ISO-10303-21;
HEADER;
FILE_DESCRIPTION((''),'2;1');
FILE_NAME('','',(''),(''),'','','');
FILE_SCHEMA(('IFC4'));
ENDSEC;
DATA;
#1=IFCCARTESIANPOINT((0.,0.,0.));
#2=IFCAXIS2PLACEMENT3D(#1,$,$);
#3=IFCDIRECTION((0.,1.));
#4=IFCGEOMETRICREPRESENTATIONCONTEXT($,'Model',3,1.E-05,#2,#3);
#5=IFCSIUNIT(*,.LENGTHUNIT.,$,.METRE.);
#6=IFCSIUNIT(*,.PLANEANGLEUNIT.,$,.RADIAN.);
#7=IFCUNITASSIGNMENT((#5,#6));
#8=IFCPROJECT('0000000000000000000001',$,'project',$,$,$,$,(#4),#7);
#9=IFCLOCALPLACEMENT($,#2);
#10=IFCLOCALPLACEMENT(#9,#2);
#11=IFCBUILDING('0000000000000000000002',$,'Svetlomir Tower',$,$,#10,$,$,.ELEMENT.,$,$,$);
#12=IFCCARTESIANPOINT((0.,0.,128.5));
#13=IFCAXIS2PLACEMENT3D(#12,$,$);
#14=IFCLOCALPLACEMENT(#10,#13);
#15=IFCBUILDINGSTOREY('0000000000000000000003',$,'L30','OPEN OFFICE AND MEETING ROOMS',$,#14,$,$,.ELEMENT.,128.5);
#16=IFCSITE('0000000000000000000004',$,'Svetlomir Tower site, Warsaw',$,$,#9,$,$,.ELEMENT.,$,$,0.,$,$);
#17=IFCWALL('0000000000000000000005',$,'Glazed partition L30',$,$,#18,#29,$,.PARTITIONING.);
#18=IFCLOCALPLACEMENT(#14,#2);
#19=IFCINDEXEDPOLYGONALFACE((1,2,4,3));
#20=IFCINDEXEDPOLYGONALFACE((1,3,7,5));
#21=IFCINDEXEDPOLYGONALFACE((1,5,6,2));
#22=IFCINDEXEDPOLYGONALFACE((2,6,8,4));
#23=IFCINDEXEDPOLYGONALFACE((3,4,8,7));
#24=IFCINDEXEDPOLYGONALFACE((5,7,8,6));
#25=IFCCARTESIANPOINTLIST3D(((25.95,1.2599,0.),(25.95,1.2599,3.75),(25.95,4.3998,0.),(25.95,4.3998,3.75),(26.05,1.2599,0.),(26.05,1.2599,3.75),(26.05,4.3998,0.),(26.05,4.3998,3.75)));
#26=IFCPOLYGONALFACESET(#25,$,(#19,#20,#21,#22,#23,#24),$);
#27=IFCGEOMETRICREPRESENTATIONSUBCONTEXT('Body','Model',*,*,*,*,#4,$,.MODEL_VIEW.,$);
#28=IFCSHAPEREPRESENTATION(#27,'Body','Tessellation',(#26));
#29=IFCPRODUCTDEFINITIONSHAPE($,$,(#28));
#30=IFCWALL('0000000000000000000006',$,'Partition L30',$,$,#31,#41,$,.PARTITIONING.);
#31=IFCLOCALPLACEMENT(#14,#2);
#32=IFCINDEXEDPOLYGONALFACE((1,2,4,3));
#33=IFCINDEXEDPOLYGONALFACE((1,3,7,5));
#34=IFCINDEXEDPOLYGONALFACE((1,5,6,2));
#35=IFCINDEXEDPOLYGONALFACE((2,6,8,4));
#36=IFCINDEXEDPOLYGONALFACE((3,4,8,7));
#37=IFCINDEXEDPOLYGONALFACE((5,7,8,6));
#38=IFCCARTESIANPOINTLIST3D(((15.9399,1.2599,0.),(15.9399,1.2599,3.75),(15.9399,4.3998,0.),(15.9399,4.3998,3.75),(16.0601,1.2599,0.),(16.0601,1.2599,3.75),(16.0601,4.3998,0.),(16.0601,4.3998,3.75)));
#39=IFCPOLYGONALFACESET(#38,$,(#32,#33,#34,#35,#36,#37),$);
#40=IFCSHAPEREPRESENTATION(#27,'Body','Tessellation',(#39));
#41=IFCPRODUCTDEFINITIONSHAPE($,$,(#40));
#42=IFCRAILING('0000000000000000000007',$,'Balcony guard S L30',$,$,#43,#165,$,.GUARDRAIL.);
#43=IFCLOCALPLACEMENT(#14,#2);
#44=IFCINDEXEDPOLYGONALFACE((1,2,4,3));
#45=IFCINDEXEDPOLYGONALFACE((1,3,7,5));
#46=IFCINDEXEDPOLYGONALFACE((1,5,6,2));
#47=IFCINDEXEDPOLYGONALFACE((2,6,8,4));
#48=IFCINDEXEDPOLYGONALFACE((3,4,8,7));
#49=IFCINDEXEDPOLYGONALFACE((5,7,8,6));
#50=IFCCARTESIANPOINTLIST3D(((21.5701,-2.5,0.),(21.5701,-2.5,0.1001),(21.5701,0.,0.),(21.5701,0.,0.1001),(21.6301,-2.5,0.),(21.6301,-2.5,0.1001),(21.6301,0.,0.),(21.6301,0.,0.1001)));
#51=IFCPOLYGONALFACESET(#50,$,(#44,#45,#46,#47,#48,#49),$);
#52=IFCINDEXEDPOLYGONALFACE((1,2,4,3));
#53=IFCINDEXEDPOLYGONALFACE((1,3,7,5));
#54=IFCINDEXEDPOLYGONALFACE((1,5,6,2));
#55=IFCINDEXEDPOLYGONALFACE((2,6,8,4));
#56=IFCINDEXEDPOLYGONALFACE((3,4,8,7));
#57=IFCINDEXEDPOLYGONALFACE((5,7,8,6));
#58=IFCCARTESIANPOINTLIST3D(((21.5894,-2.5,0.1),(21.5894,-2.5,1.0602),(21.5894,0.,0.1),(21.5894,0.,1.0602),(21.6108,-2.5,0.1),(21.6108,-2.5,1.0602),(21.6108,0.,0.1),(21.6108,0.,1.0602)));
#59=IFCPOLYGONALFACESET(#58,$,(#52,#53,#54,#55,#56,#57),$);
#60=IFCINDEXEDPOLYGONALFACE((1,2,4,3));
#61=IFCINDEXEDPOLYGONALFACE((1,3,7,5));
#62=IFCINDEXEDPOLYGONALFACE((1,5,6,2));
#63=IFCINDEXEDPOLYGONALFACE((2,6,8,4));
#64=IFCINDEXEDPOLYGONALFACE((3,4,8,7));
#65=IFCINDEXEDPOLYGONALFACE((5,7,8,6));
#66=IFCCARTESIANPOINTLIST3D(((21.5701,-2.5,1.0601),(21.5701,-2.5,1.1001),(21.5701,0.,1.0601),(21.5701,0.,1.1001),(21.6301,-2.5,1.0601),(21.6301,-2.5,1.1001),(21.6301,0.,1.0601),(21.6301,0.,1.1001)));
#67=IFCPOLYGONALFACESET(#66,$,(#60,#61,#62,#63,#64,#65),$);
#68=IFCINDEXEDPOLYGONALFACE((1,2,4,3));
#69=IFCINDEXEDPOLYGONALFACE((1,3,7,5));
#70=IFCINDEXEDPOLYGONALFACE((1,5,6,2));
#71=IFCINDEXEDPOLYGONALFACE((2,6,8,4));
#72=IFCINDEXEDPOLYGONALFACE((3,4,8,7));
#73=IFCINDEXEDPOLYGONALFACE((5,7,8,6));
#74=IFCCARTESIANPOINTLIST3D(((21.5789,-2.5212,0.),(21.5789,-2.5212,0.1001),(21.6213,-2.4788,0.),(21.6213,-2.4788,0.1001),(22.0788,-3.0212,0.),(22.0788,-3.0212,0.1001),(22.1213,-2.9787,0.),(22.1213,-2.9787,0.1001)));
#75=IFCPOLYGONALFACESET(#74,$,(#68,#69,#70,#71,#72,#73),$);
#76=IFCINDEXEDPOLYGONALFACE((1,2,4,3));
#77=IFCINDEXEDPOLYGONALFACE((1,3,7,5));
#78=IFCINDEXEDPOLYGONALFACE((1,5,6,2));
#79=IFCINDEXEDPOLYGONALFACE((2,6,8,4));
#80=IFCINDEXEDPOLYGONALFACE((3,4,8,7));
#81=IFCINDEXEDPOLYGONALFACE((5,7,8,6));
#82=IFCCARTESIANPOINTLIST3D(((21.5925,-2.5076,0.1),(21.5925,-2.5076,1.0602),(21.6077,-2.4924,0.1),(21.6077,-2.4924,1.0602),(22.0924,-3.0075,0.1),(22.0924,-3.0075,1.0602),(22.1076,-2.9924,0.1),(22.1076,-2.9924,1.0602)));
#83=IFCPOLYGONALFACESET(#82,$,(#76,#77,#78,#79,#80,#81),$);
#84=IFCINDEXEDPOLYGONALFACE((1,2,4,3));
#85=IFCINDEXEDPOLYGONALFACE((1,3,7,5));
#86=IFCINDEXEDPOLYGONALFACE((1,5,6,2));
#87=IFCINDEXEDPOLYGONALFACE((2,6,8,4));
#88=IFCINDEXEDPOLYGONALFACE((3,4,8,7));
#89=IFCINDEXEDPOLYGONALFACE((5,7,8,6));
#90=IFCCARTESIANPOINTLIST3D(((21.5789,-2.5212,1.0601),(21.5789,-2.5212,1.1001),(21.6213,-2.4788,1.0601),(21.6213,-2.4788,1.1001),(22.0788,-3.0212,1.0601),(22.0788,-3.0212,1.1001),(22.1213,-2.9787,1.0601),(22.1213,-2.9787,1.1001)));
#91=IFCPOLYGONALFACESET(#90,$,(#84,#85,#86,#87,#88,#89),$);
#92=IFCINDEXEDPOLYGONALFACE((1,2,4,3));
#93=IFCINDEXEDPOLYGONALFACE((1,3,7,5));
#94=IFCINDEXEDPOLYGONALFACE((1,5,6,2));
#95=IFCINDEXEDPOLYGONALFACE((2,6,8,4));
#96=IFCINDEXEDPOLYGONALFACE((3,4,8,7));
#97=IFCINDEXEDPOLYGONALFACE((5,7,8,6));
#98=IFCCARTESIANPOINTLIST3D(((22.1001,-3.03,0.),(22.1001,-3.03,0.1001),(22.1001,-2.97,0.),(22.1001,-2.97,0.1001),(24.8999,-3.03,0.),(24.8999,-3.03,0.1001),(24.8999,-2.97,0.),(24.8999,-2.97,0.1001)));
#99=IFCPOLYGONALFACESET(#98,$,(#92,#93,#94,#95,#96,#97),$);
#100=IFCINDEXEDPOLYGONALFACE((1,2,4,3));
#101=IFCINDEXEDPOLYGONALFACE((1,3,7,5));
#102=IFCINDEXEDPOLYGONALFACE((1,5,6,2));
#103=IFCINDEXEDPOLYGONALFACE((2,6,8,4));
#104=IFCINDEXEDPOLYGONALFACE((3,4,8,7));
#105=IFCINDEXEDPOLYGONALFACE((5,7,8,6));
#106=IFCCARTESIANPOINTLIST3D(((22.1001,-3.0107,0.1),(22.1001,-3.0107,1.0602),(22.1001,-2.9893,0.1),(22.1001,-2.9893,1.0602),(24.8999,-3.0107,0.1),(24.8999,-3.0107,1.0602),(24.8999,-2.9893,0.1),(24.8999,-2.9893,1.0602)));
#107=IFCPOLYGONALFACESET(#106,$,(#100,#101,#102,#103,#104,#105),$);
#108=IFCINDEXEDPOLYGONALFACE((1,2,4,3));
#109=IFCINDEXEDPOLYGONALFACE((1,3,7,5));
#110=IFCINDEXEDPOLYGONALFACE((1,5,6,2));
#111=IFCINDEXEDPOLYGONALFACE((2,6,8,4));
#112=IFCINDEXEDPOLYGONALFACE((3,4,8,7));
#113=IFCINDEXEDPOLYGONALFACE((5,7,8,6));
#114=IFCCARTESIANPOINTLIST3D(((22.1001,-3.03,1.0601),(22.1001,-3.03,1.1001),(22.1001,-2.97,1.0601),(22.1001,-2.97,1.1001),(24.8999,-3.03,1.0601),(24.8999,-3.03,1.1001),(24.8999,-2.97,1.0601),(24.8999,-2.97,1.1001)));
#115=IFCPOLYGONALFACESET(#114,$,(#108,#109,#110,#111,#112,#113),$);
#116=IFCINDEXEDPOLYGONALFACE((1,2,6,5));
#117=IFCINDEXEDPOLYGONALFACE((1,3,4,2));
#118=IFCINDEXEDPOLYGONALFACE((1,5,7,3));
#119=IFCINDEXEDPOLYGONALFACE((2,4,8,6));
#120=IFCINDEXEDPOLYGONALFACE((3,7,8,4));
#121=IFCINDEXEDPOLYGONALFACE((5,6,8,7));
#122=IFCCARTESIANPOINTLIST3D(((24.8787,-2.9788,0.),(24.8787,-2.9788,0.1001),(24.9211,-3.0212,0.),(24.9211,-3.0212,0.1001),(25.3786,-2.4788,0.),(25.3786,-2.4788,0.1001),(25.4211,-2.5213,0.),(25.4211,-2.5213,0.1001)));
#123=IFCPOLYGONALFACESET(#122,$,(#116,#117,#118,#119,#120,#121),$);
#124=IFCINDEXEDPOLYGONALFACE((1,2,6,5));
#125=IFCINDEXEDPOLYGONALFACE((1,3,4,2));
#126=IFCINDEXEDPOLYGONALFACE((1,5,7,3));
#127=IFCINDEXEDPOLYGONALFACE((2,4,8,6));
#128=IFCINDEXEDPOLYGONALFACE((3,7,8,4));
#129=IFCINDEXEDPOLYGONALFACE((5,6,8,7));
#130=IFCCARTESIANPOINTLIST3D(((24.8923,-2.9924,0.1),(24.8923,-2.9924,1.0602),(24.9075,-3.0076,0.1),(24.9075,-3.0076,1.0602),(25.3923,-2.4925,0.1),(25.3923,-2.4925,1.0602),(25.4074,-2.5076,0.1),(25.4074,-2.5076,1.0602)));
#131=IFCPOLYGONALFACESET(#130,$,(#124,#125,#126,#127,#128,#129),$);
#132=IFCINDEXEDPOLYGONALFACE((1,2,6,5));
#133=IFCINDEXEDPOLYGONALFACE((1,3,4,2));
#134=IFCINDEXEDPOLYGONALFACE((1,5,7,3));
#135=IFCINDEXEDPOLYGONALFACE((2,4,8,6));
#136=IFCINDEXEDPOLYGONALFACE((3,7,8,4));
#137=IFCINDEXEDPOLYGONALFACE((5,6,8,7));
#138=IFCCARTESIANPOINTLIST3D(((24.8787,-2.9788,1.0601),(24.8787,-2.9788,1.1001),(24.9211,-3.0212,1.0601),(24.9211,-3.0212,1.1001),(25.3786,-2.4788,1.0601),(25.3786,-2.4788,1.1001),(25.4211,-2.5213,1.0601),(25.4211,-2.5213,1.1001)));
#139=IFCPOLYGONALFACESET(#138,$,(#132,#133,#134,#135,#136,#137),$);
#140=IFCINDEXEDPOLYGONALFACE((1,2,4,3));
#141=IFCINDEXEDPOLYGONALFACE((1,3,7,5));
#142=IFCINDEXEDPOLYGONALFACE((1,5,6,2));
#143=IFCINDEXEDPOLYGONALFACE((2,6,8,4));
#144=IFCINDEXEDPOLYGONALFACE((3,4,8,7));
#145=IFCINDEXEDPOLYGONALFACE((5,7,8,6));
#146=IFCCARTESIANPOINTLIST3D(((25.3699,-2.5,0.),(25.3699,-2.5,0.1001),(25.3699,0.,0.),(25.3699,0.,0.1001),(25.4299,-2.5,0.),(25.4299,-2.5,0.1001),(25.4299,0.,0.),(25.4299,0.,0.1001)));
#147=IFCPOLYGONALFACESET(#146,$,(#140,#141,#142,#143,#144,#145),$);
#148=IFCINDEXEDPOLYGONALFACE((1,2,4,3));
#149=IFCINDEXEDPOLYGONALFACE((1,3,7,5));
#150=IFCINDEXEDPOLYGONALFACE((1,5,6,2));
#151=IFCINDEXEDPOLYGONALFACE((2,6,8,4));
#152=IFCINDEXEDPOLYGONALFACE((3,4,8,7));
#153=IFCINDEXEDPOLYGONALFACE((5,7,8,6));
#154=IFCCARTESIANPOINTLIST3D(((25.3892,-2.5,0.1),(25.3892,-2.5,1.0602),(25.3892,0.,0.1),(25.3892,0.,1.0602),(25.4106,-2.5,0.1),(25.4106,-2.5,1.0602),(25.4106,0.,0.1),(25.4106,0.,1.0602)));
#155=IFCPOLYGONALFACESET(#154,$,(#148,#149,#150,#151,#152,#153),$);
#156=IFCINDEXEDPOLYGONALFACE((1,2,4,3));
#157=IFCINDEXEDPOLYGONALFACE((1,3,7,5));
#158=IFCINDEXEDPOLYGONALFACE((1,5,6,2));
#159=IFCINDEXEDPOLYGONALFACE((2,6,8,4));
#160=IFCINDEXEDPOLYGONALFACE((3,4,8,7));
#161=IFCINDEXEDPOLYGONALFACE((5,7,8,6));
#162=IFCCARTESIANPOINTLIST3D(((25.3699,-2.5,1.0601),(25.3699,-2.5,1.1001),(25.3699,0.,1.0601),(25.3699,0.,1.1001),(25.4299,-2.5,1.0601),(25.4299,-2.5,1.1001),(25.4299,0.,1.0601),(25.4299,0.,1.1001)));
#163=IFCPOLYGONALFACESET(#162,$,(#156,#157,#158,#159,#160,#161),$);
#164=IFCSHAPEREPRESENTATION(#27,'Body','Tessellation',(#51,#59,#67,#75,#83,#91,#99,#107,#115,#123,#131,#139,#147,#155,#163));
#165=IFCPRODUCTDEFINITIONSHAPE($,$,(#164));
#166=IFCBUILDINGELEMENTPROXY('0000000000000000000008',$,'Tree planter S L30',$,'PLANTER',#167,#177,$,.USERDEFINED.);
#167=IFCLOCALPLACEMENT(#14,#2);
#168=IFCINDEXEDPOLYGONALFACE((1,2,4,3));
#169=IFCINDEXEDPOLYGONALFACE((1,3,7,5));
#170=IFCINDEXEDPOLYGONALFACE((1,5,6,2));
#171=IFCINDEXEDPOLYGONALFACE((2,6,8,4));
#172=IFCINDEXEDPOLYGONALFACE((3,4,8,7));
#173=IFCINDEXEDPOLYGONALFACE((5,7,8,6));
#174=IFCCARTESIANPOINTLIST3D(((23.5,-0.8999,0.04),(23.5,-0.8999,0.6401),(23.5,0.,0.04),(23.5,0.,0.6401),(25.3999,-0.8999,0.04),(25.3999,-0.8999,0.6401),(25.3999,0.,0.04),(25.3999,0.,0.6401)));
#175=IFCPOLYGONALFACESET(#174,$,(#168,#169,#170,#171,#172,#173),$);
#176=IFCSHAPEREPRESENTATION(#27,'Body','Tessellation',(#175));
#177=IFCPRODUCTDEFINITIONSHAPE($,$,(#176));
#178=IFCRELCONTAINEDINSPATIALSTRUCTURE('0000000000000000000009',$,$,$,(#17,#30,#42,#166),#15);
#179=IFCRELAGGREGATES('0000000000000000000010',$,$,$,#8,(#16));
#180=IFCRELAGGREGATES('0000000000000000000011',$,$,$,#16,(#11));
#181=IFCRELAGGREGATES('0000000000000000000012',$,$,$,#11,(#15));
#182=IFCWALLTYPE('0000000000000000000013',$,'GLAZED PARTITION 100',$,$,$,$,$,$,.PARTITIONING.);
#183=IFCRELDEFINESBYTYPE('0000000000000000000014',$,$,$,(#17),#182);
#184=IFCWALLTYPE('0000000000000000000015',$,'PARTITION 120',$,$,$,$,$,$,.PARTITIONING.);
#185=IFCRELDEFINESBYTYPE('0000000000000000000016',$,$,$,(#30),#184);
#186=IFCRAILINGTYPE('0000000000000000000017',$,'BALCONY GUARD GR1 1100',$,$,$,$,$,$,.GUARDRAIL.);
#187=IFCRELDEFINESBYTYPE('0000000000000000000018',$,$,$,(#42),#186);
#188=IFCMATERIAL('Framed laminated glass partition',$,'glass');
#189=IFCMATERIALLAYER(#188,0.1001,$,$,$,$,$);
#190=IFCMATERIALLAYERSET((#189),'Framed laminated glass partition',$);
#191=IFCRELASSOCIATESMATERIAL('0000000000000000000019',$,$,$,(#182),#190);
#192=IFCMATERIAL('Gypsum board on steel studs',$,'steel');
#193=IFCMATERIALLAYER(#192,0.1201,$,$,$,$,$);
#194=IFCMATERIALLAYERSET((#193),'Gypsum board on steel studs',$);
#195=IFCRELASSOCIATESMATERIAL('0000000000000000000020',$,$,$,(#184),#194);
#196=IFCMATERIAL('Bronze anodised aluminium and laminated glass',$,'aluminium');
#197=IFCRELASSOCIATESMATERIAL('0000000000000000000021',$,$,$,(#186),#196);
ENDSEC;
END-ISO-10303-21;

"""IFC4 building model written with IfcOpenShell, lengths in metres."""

from ifc_helpers import new_model, si_unit, direction, frame, frame_2d, origin, origin_2d, place, context, subcontext, project, spatial, rectangle, extrude, material, layer, layer_set, type_object, element, save


model = new_model("IFC4")

# Units and contexts
model_context = context("Model", 3, precision=1e-05, world=origin(), true_north=direction((0.0, 1.0)))
body_context = subcontext(model_context, "Body", "Model", "MODEL_VIEW")
ifc_project = project(units=[si_unit("LENGTHUNIT", "METRE"), si_unit("PLANEANGLEUNIT", "RADIAN")], contexts=[model_context])

# Site, building, storey
site_placement = place(None, origin())
site = spatial("IfcSite", under=ifc_project, at=site_placement, Name="Svetlomir Tower site, Warsaw", CompositionType="ELEMENT", RefElevation=0.0)
building_placement = place(site_placement, origin())
building = spatial("IfcBuilding", under=site, at=building_placement, Name="Svetlomir Tower", CompositionType="ELEMENT")
storey_placement = place(building_placement, frame((0.0, 0.0, 128.5)))
storey = spatial("IfcBuildingStorey", under=building, at=storey_placement, Name="L30", Description="OPEN OFFICE AND MEETING ROOMS", CompositionType="ELEMENT", Elevation=128.5)

# Walls
ifc_material_1 = material(Name="Framed laminated glass partition", Category="glass")
ifc_layer_1 = layer(ifc_material_1, 0.1001)
ifc_layer_set_1 = layer_set([ifc_layer_1], Name="Framed laminated glass partition")
wall_type_1 = type_object("IfcWallType", Name="GLAZED PARTITION 100", PredefinedType="PARTITIONING", material=ifc_layer_set_1)
wall_1_placement = place(storey_placement, frame((26.0, 1.26, 0.0), z_axis=(0.0, 0.0, 1.0), x_axis=(0.0, 1.0, 0.0)))
element("IfcWall", 1, at=wall_1_placement, inside=storey, type_object=wall_type_1, Name="Glazed partition L30", PredefinedType="PARTITIONING", context=body_context, shape_type="SweptSolid", body=[
    extrude(rectangle(XDim=3.1399, YDim=0.1001, at=frame_2d((1.5698, 0.0))), origin(), (0.0, 0.0, 1.0), 3.75),
])
ifc_material_2 = material(Name="Gypsum board on steel studs", Category="steel")
ifc_layer_2 = layer(ifc_material_2, 0.1201)
ifc_layer_set_2 = layer_set([ifc_layer_2], Name="Gypsum board on steel studs")
wall_type_2 = type_object("IfcWallType", Name="PARTITION 120", PredefinedType="PARTITIONING", material=ifc_layer_set_2)
wall_2_placement = place(storey_placement, frame((16.0, 1.26, 0.0), z_axis=(0.0, 0.0, 1.0), x_axis=(0.0, 1.0, 0.0)))
element("IfcWall", 2, at=wall_2_placement, inside=storey, type_object=wall_type_2, Name="Partition L30", PredefinedType="PARTITIONING", context=body_context, shape_type="SweptSolid", body=[
    extrude(rectangle(XDim=3.1399, YDim=0.1201, at=frame_2d((1.5698, 0.0))), origin(), (0.0, 0.0, 1.0), 3.75),
])

# Railing
ifc_material_3 = material(Name="Bronze anodised aluminium and laminated glass", Category="aluminium")
railing_type = type_object("IfcRailingType", Name="BALCONY GUARD GR1 1100", PredefinedType="GUARDRAIL", material=ifc_material_3)
railing_placement = place(storey_placement, frame((21.6001, 0.0, 0.0)))
element("IfcRailing", 3, at=railing_placement, inside=storey, type_object=railing_type, Name="Balcony guard S L30", PredefinedType="GUARDRAIL", context=body_context, shape_type="SweptSolid", body=[
    extrude(rectangle(XDim=0.0601, YDim=0.1001, at=origin_2d()), frame((0.0, 0.0, 0.05), z_axis=(0.0, -1.0, 0.0), x_axis=(1.0, 0.0, 0.0)), (0.0, 0.0, 1.0), 2.5),
    extrude(rectangle(XDim=0.0215, YDim=0.9602, at=origin_2d()), frame((0.0, 0.0, 0.5801), z_axis=(0.0, -1.0, 0.0), x_axis=(1.0, 0.0, 0.0)), (0.0, 0.0, 1.0), 2.5),
    extrude(rectangle(XDim=0.0601, YDim=0.04, at=origin_2d()), frame((0.0, 0.0, 1.0801), z_axis=(0.0, -1.0, 0.0), x_axis=(1.0, 0.0, 0.0)), (0.0, 0.0, 1.0), 2.5),
    extrude(rectangle(XDim=0.0601, YDim=0.1001, at=origin_2d()), frame((0.0, -2.5, 0.05), z_axis=(0.707107, -0.707107, 0.0), x_axis=(0.707107, 0.707107, 0.0)), (0.0, 0.0, 1.0), 0.707),
    extrude(rectangle(XDim=0.0215, YDim=0.9602, at=origin_2d()), frame((0.0, -2.5, 0.5801), z_axis=(0.707107, -0.707107, 0.0), x_axis=(0.707107, 0.707107, 0.0)), (0.0, 0.0, 1.0), 0.707),
    extrude(rectangle(XDim=0.0601, YDim=0.04, at=origin_2d()), frame((0.0, -2.5, 1.0801), z_axis=(0.707107, -0.707107, 0.0), x_axis=(0.707107, 0.707107, 0.0)), (0.0, 0.0, 1.0), 0.707),
    extrude(rectangle(XDim=0.0601, YDim=0.1001, at=origin_2d()), frame((0.5, -3.0, 0.05), z_axis=(1.0, 0.0, 0.0), x_axis=(0.0, 1.0, 0.0)), (0.0, 0.0, 1.0), 2.7998),
    extrude(rectangle(XDim=0.0215, YDim=0.9602, at=origin_2d()), frame((0.5, -3.0, 0.5801), z_axis=(1.0, 0.0, 0.0), x_axis=(0.0, 1.0, 0.0)), (0.0, 0.0, 1.0), 2.7998),
    extrude(rectangle(XDim=0.0601, YDim=0.04, at=origin_2d()), frame((0.5, -3.0, 1.0801), z_axis=(1.0, 0.0, 0.0), x_axis=(0.0, 1.0, 0.0)), (0.0, 0.0, 1.0), 2.7998),
    extrude(rectangle(XDim=0.0601, YDim=0.1001, at=origin_2d()), frame((3.2998, -3.0, 0.05), z_axis=(0.707107, 0.707107, 0.0), x_axis=(-0.707107, 0.707107, 0.0)), (0.0, 0.0, 1.0), 0.707),
    extrude(rectangle(XDim=0.0215, YDim=0.9602, at=origin_2d()), frame((3.2998, -3.0, 0.5801), z_axis=(0.707107, 0.707107, 0.0), x_axis=(-0.707107, 0.707107, 0.0)), (0.0, 0.0, 1.0), 0.707),
    extrude(rectangle(XDim=0.0601, YDim=0.04, at=origin_2d()), frame((3.2998, -3.0, 1.0801), z_axis=(0.707107, 0.707107, 0.0), x_axis=(-0.707107, 0.707107, 0.0)), (0.0, 0.0, 1.0), 0.707),
    extrude(rectangle(XDim=0.0601, YDim=0.1001, at=origin_2d()), frame((3.7998, -2.5, 0.05), z_axis=(0.0, 1.0, 0.0), x_axis=(-1.0, 0.0, 0.0)), (0.0, 0.0, 1.0), 2.5),
    extrude(rectangle(XDim=0.0215, YDim=0.9602, at=origin_2d()), frame((3.7998, -2.5, 0.5801), z_axis=(0.0, 1.0, 0.0), x_axis=(-1.0, 0.0, 0.0)), (0.0, 0.0, 1.0), 2.5),
    extrude(rectangle(XDim=0.0601, YDim=0.04, at=origin_2d()), frame((3.7998, -2.5, 1.0801), z_axis=(0.0, 1.0, 0.0), x_axis=(-1.0, 0.0, 0.0)), (0.0, 0.0, 1.0), 2.5),
])

# Building element proxy
proxy_placement = place(storey_placement, frame((24.45, -0.45, 0.04), z_axis=(0.0, 0.0, 1.0), x_axis=(1.0, 0.0, 0.0)))
element("IfcBuildingElementProxy", 4, at=proxy_placement, inside=storey, Name="Tree planter S L30", ObjectType="PLANTER", PredefinedType="USERDEFINED", context=body_context, shape_type="SweptSolid", body=[
    extrude(rectangle(XDim=1.8999, YDim=0.8999, at=origin_2d()), origin(), (0.0, 0.0, 1.0), 0.6001),
])

save(model, "model.ifc")
